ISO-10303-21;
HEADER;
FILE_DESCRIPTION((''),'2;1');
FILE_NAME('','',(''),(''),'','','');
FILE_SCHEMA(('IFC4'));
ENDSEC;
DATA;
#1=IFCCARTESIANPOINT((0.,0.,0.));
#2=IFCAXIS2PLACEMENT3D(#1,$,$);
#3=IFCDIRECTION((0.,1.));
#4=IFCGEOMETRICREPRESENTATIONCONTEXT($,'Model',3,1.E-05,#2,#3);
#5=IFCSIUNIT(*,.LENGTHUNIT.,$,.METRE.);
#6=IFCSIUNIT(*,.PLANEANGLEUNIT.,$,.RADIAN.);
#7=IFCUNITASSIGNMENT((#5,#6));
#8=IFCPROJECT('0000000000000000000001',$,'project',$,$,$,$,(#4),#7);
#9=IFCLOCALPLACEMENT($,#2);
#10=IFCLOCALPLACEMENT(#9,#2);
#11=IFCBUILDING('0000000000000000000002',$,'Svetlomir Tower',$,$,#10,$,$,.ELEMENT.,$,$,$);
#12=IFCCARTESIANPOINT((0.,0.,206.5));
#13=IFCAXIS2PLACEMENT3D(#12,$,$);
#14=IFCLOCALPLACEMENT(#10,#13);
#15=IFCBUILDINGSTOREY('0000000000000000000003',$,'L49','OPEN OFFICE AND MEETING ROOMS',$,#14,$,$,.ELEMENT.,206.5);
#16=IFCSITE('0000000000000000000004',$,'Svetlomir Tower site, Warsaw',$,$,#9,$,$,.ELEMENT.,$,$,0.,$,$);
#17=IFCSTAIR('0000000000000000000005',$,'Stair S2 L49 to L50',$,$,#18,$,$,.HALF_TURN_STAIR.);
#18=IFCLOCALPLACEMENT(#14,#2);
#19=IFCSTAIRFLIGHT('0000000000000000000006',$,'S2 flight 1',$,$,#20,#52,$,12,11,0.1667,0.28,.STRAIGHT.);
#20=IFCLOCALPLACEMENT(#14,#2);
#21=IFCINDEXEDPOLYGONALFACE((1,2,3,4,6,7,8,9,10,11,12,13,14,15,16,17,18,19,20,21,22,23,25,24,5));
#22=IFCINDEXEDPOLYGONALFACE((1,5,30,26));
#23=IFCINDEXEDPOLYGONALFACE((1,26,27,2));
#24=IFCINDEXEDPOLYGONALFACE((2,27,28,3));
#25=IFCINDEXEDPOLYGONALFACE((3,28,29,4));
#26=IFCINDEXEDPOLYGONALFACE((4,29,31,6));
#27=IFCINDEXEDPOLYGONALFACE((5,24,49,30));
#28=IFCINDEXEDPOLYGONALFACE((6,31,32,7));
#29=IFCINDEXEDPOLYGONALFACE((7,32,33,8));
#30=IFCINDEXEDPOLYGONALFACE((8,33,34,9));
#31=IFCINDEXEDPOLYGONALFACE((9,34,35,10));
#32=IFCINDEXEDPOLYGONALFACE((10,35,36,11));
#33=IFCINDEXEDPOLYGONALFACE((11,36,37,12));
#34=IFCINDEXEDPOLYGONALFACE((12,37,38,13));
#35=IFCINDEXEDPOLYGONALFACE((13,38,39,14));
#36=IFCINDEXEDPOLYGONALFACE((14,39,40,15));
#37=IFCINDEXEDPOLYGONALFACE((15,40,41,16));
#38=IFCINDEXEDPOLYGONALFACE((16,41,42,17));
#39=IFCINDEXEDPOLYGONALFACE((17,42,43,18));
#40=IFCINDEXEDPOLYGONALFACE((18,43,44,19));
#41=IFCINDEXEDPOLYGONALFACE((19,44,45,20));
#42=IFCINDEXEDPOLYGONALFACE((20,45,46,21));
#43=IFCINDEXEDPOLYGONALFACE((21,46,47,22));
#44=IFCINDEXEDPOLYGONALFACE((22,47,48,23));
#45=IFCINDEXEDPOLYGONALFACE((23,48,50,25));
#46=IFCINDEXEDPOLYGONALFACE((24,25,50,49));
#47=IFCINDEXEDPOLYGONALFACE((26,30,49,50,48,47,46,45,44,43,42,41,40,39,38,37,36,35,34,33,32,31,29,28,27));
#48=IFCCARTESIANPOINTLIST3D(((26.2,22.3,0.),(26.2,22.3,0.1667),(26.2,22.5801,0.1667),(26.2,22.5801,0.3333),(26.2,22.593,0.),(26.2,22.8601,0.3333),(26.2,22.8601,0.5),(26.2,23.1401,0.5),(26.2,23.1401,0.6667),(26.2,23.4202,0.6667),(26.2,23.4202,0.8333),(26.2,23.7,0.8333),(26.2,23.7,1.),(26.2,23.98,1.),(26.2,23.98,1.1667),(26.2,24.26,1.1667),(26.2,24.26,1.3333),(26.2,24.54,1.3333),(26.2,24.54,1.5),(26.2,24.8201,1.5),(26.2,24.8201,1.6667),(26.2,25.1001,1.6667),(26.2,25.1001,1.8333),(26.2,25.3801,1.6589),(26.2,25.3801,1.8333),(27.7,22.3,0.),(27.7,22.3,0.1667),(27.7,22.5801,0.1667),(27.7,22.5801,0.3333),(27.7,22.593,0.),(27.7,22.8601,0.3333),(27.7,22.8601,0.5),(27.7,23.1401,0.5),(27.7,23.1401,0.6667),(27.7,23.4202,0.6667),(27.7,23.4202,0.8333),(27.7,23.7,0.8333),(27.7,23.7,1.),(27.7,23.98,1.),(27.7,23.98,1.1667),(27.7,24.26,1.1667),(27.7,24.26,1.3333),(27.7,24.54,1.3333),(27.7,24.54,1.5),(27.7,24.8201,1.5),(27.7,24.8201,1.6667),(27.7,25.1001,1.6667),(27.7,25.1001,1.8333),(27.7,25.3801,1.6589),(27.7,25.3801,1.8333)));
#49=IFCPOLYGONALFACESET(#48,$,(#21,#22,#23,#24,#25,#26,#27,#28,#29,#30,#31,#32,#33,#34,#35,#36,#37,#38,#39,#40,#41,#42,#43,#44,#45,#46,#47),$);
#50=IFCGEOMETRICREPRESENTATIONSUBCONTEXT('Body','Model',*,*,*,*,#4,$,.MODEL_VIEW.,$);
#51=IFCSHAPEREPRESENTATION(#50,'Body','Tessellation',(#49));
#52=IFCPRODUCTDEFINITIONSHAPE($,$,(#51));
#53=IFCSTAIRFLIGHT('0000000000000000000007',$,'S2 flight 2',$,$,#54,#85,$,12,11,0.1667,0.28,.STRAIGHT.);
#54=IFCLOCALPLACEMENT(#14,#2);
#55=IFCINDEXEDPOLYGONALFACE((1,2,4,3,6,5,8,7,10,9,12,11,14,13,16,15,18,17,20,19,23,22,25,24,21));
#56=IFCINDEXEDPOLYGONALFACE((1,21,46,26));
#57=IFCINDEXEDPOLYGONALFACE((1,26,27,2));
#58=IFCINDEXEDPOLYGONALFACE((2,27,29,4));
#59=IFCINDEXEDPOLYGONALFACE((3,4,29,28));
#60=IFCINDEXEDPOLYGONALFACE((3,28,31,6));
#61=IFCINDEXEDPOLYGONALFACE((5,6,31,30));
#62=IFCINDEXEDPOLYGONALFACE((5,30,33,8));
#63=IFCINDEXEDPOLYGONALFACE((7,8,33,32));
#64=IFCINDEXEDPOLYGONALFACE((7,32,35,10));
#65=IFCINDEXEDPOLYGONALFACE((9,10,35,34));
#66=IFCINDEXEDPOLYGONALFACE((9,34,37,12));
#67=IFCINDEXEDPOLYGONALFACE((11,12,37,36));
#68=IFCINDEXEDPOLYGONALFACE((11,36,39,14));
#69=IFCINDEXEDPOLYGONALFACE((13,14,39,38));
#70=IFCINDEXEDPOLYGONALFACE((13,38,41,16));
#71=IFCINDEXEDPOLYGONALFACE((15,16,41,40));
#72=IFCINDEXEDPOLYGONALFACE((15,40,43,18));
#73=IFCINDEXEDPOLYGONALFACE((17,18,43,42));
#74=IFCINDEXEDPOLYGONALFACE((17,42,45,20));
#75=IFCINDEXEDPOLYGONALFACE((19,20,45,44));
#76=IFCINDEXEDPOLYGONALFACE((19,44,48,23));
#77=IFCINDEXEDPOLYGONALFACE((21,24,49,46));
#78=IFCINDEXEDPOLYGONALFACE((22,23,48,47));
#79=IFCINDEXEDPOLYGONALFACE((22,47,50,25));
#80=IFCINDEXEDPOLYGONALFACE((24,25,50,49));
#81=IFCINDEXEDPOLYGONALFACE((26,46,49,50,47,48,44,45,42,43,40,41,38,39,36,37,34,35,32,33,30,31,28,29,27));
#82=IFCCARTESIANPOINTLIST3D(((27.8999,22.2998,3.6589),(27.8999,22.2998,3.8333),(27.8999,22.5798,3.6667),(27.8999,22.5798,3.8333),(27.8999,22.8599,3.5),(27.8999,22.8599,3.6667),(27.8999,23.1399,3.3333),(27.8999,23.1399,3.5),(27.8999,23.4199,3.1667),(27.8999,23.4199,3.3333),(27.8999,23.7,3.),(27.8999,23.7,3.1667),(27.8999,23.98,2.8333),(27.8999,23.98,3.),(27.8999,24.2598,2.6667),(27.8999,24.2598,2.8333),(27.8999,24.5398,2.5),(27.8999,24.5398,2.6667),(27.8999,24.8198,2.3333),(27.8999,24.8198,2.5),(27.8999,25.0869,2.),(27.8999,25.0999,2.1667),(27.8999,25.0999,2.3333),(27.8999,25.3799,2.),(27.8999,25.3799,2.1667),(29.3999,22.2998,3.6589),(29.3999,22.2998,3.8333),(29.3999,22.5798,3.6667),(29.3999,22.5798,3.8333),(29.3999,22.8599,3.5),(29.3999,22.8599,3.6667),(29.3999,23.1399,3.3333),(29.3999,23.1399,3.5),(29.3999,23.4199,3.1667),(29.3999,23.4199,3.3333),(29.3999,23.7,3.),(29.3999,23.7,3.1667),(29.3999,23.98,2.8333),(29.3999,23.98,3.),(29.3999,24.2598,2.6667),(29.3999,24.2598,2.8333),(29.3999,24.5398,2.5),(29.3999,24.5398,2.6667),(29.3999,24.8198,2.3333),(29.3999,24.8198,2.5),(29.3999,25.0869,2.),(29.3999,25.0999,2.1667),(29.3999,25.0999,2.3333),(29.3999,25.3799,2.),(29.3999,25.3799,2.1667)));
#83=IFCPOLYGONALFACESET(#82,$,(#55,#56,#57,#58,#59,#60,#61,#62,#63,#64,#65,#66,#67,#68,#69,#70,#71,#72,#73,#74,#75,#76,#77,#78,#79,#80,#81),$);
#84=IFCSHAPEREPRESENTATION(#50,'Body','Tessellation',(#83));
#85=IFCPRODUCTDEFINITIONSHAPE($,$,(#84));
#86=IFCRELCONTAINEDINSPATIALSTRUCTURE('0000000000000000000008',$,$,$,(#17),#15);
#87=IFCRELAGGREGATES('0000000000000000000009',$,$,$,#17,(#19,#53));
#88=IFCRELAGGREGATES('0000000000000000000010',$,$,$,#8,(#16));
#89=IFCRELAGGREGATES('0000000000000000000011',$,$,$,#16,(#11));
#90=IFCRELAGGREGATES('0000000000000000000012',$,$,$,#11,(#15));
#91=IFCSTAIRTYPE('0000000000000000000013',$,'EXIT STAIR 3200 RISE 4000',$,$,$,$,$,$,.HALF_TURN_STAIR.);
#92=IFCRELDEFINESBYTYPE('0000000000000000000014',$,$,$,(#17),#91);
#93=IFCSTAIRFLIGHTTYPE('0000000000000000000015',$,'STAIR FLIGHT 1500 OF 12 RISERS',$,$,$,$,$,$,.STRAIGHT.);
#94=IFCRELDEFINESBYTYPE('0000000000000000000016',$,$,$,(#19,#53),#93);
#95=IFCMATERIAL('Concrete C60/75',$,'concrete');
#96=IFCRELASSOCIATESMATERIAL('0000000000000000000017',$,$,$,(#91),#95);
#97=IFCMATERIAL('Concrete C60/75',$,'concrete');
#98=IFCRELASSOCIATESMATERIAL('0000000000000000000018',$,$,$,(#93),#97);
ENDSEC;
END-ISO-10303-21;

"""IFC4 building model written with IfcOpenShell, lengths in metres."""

from ifc_helpers import new_model, si_unit, direction, frame, origin, place, context, subcontext, project, spatial, polyline, outline, extrude, material, type_object, element, aggregate, save


model = new_model("IFC4")

# Units and contexts
model_context = context("Model", 3, precision=1e-05, world=origin(), true_north=direction((0.0, 1.0)))
body_context = subcontext(model_context, "Body", "Model", "MODEL_VIEW")
ifc_project = project(units=[si_unit("LENGTHUNIT", "METRE"), si_unit("PLANEANGLEUNIT", "RADIAN")], contexts=[model_context])

# Site, building, storey
site_placement = place(None, origin())
site = spatial("IfcSite", under=ifc_project, at=site_placement, Name="Svetlomir Tower site, Warsaw", CompositionType="ELEMENT", RefElevation=0.0)
building_placement = place(site_placement, origin())
building = spatial("IfcBuilding", under=site, at=building_placement, Name="Svetlomir Tower", CompositionType="ELEMENT")
storey_placement = place(building_placement, frame((0.0, 0.0, 206.5)))
storey = spatial("IfcBuildingStorey", under=building, at=storey_placement, Name="L49", Description="OPEN OFFICE AND MEETING ROOMS", CompositionType="ELEMENT", Elevation=206.5)

# Stair, stair flights
ifc_material_1 = material(Name="Concrete C60/75", Category="concrete")
stair_type = type_object("IfcStairType", Name="EXIT STAIR 3200 RISE 4000", PredefinedType="HALF_TURN_STAIR", material=ifc_material_1)
stair_placement = place(storey_placement, origin())
stair = element("IfcStair", 1, at=stair_placement, inside=storey, type_object=stair_type, Name="Stair S2 L49 to L50", PredefinedType="HALF_TURN_STAIR")
ifc_material_2 = material(Name="Concrete C60/75", Category="concrete")
stair_flight_type = type_object("IfcStairFlightType", Name="STAIR FLIGHT 1500 OF 12 RISERS", PredefinedType="STRAIGHT", material=ifc_material_2)
stair_flight_1_placement = place(storey_placement, frame((26.95, 22.3, 0.0), z_axis=(0.0, 0.0, 1.0), x_axis=(0.0, 1.0, 0.0)))
stair_flight_1 = element("IfcStairFlight", 2, at=stair_flight_1_placement, type_object=stair_flight_type, Name="S2 flight 1", NumberOfRisers=12, NumberOfTreads=11, PredefinedType="STRAIGHT", RiserHeight=0.1667, TreadLength=0.28, context=body_context, shape_type="SweptSolid", body=[
    extrude(outline(polyline([(0.0, 0.0), (0.0, 0.1667), (0.28, 0.1667), (0.28, 0.3333), (0.5601, 0.3333), (0.5601, 0.5), (0.8401, 0.5), (0.8401, 0.6667), (1.1201, 0.6667), (1.1201, 0.8333), (1.3999, 0.8333), (1.3999, 1.0), (1.6799, 1.0), (1.6799, 1.1667), (1.96, 1.1667), (1.96, 1.3333), (2.24, 1.3333), (2.24, 1.5), (2.52, 1.5), (2.52, 1.6667), (2.8, 1.6667), (2.8, 1.8333), (3.0801, 1.8333), (3.0801, 2.0), (3.0801, 1.6589), (0.293, 0.0), (0.0, 0.0)])), frame((0.0, 0.75, 0.0), z_axis=(0.0, -1.0, 0.0), x_axis=(1.0, 0.0, 0.0)), (0.0, 0.0, 1.0), 1.5),
])
stair_flight_2_placement = place(storey_placement, frame((28.6499, 25.3799, 2.0), z_axis=(0.0, 0.0, 1.0), x_axis=(0.0, -1.0, 0.0)))
stair_flight_2 = element("IfcStairFlight", 3, at=stair_flight_2_placement, type_object=stair_flight_type, Name="S2 flight 2", NumberOfRisers=12, NumberOfTreads=11, PredefinedType="STRAIGHT", RiserHeight=0.1667, TreadLength=0.28, context=body_context, shape_type="SweptSolid", body=[
    extrude(outline(polyline([(0.0, 0.0), (0.0, 0.1667), (0.28, 0.1667), (0.28, 0.3333), (0.5601, 0.3333), (0.5601, 0.5), (0.8401, 0.5), (0.8401, 0.6667), (1.1201, 0.6667), (1.1201, 0.8333), (1.3999, 0.8333), (1.3999, 1.0), (1.6799, 1.0), (1.6799, 1.1667), (1.96, 1.1667), (1.96, 1.3333), (2.24, 1.3333), (2.24, 1.5), (2.52, 1.5), (2.52, 1.6667), (2.8, 1.6667), (2.8, 1.8333), (3.0801, 1.8333), (3.0801, 2.0), (3.0801, 1.6589), (0.293, 0.0), (0.0, 0.0)])), frame((0.0, 0.75, 0.0), z_axis=(0.0, -1.0, 0.0), x_axis=(1.0, 0.0, 0.0)), (0.0, 0.0, 1.0), 1.5),
])
aggregate(stair, [stair_flight_1, stair_flight_2])

save(model, "model.ifc")
